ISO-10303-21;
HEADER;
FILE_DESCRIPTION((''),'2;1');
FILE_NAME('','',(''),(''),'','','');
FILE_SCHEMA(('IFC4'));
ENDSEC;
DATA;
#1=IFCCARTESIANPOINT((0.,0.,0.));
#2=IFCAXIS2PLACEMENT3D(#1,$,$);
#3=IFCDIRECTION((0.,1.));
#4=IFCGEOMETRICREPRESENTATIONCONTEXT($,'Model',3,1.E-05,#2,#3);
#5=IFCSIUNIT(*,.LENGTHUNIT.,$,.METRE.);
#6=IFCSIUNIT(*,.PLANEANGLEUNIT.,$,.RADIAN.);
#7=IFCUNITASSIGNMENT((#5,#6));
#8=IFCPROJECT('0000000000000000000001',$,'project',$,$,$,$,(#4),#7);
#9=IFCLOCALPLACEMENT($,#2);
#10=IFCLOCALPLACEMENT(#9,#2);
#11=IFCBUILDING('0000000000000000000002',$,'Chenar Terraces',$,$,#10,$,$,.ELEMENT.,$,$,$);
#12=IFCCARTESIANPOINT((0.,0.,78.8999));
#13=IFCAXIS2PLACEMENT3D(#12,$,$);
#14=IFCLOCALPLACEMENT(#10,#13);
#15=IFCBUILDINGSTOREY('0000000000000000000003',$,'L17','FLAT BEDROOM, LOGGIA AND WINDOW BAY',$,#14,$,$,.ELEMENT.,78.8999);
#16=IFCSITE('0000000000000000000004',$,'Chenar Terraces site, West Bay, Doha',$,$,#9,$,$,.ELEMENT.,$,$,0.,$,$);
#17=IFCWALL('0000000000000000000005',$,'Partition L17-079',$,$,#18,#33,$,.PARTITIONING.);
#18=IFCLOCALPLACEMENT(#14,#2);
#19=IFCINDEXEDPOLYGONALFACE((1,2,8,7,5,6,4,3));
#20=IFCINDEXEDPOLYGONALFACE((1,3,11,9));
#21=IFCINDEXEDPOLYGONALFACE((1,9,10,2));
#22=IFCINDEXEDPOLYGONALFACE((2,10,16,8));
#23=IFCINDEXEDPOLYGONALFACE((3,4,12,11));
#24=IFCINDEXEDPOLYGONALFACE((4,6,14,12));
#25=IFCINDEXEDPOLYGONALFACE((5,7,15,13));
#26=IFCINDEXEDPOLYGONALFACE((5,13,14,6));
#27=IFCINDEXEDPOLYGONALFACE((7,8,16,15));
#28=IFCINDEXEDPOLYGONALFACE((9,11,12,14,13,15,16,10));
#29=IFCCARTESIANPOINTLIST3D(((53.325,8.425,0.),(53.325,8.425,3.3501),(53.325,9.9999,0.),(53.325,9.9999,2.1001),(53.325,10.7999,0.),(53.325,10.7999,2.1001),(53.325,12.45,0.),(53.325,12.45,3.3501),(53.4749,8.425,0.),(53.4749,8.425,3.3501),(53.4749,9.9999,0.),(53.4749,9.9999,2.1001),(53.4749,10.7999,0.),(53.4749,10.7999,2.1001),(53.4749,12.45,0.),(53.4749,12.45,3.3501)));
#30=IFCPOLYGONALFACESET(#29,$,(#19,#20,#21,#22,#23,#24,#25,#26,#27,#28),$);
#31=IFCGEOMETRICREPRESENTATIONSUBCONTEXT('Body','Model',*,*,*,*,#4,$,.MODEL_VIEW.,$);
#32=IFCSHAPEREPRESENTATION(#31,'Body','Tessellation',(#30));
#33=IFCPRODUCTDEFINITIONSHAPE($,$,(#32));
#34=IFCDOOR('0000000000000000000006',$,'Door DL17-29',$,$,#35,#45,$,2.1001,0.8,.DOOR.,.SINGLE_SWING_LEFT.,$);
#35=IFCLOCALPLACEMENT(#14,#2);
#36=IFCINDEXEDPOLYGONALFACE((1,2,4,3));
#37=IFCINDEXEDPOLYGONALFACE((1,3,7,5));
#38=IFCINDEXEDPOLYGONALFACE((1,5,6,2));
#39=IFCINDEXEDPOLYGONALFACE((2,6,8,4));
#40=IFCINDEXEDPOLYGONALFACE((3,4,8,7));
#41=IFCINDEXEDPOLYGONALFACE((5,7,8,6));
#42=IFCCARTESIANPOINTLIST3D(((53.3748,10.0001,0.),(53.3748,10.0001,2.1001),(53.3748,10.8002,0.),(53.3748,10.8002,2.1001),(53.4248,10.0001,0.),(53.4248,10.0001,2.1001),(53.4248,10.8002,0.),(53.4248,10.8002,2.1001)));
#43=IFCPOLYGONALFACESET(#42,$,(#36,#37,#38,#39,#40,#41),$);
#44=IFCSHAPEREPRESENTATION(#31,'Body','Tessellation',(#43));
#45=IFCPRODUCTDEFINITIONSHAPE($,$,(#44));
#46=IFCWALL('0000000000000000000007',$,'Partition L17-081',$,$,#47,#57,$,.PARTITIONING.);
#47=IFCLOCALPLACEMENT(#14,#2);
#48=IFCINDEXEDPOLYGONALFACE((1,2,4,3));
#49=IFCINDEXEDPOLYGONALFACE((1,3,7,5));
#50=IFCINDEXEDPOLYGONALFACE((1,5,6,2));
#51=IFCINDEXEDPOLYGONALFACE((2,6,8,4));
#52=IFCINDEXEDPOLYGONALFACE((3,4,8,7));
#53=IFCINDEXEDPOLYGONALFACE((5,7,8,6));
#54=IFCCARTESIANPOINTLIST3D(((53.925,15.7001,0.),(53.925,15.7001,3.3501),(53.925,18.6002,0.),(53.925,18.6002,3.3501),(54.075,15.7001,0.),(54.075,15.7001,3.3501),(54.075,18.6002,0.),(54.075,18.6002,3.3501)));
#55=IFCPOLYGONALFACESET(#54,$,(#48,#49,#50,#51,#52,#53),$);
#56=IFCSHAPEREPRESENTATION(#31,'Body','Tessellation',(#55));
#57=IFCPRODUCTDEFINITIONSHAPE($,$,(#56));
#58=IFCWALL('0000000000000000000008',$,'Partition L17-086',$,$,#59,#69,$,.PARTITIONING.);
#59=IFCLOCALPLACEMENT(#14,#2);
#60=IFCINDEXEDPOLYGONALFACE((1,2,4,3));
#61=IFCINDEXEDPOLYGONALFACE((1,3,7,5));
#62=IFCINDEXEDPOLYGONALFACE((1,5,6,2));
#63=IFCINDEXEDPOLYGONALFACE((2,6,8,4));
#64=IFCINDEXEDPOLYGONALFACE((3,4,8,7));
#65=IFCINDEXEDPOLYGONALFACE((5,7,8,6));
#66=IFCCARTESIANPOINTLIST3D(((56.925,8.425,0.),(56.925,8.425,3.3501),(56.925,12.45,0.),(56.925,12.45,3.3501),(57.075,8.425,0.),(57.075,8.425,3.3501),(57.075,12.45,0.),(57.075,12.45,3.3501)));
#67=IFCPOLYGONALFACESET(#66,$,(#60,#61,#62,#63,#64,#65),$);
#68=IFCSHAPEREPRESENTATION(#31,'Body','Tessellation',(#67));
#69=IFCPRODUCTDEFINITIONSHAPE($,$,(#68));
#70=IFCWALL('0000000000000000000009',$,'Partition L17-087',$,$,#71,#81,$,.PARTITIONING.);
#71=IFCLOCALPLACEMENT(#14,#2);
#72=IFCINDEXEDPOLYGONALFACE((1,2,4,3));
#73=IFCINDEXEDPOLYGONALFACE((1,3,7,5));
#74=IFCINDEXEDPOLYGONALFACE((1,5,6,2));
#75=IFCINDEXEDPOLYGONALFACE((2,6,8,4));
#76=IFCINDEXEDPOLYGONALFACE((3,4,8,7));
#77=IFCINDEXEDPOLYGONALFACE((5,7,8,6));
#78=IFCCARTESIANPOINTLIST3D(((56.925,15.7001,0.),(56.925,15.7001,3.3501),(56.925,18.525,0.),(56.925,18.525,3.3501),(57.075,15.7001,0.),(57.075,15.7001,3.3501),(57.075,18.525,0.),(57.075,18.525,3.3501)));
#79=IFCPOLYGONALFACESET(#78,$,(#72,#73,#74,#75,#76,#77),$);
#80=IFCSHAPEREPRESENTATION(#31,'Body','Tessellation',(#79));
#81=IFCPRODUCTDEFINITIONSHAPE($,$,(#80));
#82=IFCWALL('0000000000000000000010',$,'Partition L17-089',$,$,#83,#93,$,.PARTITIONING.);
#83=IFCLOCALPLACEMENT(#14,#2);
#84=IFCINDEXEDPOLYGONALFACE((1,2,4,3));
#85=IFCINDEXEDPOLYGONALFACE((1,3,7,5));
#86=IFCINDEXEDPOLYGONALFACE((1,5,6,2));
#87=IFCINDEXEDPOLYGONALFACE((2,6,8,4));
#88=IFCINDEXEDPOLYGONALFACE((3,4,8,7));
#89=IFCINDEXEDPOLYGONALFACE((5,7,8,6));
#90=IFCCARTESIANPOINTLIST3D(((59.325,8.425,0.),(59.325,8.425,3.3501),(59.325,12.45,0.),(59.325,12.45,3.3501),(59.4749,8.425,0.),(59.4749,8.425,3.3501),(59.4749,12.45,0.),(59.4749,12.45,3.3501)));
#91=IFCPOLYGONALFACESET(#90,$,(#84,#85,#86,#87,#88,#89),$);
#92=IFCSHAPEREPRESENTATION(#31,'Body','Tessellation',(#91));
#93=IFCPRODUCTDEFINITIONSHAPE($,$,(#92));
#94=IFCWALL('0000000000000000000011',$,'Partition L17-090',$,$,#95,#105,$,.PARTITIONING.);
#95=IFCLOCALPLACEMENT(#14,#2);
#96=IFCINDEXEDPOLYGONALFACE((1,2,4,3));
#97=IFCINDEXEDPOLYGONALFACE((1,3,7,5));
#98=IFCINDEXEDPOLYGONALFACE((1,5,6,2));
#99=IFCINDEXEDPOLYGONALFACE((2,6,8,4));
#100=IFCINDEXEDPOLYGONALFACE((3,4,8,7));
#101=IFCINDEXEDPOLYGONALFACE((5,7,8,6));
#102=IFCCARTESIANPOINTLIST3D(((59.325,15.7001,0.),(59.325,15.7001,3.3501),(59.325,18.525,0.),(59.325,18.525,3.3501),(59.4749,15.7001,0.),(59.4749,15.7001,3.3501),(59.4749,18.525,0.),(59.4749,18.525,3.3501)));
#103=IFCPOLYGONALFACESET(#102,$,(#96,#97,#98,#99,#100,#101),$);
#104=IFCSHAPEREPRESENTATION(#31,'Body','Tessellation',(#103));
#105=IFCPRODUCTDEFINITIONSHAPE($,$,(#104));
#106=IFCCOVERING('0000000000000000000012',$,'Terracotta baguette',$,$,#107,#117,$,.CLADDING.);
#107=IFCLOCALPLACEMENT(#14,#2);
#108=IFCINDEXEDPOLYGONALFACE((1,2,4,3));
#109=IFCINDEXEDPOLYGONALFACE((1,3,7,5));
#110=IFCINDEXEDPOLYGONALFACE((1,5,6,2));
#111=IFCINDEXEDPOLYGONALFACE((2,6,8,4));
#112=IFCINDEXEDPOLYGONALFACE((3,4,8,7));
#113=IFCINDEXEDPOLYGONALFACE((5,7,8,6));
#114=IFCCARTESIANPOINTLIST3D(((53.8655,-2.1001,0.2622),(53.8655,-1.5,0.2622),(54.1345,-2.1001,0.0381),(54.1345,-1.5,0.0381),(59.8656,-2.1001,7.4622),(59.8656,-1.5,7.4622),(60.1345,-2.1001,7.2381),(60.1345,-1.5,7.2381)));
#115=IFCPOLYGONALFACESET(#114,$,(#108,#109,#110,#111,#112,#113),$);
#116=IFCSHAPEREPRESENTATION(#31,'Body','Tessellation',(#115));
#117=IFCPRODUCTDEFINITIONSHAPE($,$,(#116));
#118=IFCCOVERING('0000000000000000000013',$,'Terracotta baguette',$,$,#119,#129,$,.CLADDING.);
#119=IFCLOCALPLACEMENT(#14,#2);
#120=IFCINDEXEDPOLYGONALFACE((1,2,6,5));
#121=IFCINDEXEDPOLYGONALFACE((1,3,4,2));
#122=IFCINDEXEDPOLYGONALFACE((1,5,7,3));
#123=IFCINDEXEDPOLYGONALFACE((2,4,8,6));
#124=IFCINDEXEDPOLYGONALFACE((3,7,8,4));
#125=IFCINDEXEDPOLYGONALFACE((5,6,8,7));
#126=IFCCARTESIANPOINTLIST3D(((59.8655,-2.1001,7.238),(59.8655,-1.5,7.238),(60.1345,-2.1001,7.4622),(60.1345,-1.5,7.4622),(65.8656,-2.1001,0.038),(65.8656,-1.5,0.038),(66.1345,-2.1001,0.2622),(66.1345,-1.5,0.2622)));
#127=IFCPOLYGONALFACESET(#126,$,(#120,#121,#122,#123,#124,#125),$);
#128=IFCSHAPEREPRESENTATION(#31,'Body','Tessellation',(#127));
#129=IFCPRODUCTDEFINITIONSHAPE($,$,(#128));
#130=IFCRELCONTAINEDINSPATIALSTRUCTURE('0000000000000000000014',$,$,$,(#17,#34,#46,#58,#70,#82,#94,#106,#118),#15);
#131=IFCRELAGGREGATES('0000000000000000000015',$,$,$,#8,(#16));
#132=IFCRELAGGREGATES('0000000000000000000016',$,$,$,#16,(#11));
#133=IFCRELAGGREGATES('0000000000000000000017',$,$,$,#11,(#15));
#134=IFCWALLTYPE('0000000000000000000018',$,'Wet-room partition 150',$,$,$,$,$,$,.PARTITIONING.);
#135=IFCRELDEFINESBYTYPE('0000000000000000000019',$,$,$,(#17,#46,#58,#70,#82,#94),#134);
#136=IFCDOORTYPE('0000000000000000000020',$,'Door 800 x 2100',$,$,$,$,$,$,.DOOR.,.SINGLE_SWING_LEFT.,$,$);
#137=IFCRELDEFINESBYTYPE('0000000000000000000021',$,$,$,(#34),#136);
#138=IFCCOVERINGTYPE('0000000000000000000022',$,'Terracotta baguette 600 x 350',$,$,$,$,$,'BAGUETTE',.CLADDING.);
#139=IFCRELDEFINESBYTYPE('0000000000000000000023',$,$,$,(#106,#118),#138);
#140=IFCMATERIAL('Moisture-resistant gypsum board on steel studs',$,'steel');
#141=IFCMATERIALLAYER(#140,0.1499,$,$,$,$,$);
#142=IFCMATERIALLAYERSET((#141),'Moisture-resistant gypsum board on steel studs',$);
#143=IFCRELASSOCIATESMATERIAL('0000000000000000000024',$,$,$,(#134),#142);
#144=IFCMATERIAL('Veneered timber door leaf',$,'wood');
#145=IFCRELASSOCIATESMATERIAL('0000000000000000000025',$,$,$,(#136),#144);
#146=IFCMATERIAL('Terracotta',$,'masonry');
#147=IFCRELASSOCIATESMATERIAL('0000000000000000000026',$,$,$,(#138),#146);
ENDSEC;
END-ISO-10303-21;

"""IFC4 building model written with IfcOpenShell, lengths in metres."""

from ifc_helpers import new_model, si_unit, direction, frame, frame_2d, origin, origin_2d, place, context, subcontext, project, spatial, rectangle, extrude, material, layer, layer_set, material_profile, profile_set, type_object, element, fill, save


model = new_model("IFC4")

# Units and contexts
model_context = context("Model", 3, precision=1e-05, world=origin(), true_north=direction((0.0, 1.0)))
body_context = subcontext(model_context, "Body", "Model", "MODEL_VIEW")
ifc_project = project(units=[si_unit("LENGTHUNIT", "METRE"), si_unit("PLANEANGLEUNIT", "RADIAN")], contexts=[model_context])

# Site, building, storey
site_placement = place(None, origin())
site = spatial("IfcSite", under=ifc_project, at=site_placement, Name="Chenar Terraces site, West Bay, Doha", CompositionType="ELEMENT", RefElevation=0.0)
building_placement = place(site_placement, origin())
building = spatial("IfcBuilding", under=site, at=building_placement, Name="Chenar Terraces", CompositionType="ELEMENT")
storey_placement = place(building_placement, frame((0.0, 0.0, 78.8999)))
storey = spatial("IfcBuildingStorey", under=building, at=storey_placement, Name="L17", Description="FLAT BEDROOM, LOGGIA AND WINDOW BAY", CompositionType="ELEMENT", Elevation=78.8999)

# Shared definitions
ifc_material_1 = material(Name="Moisture-resistant gypsum board on steel studs", Category="steel")
ifc_layer_1 = layer(ifc_material_1, 0.1499)
ifc_layer_set_1 = layer_set([ifc_layer_1], Name="Moisture-resistant gypsum board on steel studs")
wall_type_1 = type_object("IfcWallType", Name="Wet-room partition 150", PredefinedType="PARTITIONING", material=ifc_layer_set_1)
ifc_material_2 = material(Name="Veneered timber door leaf", Category="wood")
door_type_1 = type_object("IfcDoorType", Name="Door 800 x 2100", OperationType="SINGLE_SWING_LEFT", PredefinedType="DOOR", material=ifc_material_2)

# Wall, opening, door
wall_1_placement = place(storey_placement, frame((53.3999, 8.425, 0.0), z_axis=(0.0, 0.0, 1.0), x_axis=(0.0, 1.0, 0.0)))
wall_1 = element("IfcWall", 1, at=wall_1_placement, inside=storey, type_object=wall_type_1, Name="Partition L17-079", PredefinedType="PARTITIONING", context=body_context, shape_type="SweptSolid", body=[
    extrude(rectangle(XDim=4.0249, YDim=0.1499, at=frame_2d((2.0125, 0.0))), origin(), (0.0, 0.0, 1.0), 3.3501),
])
opening_1_placement = place(wall_1_placement, frame((1.575, 0.0, 0.0)))
opening_1 = element("IfcOpeningElement", 2, at=opening_1_placement, cuts=wall_1, PredefinedType="OPENING", context=body_context, shape_type="SweptSolid", body=[
    extrude(rectangle(XDim=0.8, YDim=2.1001, at=frame_2d((0.3999, 1.05))), frame((0.0, 0.085, 0.0), z_axis=(0.0, -1.0, 0.0), x_axis=(1.0, 0.0, 0.0)), (0.0, 0.0, 1.0), 0.1699),
])
door_1_placement = place(opening_1_placement, frame((0.8, 0.0, 0.0), z_axis=(0.0, 0.0, 1.0), x_axis=(-1.0, 0.0, 0.0)))
door_1 = element("IfcDoor", 3, at=door_1_placement, inside=storey, type_object=door_type_1, Name="Door DL17-29", OperationType="SINGLE_SWING_LEFT", OverallHeight=2.1001, OverallWidth=0.8, PredefinedType="DOOR", context=body_context, shape_type="SweptSolid", body=[
    extrude(rectangle(XDim=0.8, YDim=2.1001, at=frame_2d((0.3999, 1.05))), frame((0.0, 0.0249, 0.0), z_axis=(0.0, -1.0, 0.0), x_axis=(1.0, 0.0, 0.0)), (0.0, 0.0, 1.0), 0.05),
])
fill(opening_1, door_1)

# Walls
wall_2_placement = place(storey_placement, frame((54.0, 15.7, 0.0), z_axis=(0.0, 0.0, 1.0), x_axis=(0.0, 1.0, 0.0)))
element("IfcWall", 4, at=wall_2_placement, inside=storey, type_object=wall_type_1, Name="Partition L17-081", PredefinedType="PARTITIONING", context=body_context, shape_type="SweptSolid", body=[
    extrude(rectangle(XDim=2.9001, YDim=0.1499, at=frame_2d((1.4502, 0.0))), origin(), (0.0, 0.0, 1.0), 3.3501),
])
wall_3_placement = place(storey_placement, frame((57.0, 8.425, 0.0), z_axis=(0.0, 0.0, 1.0), x_axis=(0.0, 1.0, 0.0)))
element("IfcWall", 5, at=wall_3_placement, inside=storey, type_object=wall_type_1, Name="Partition L17-086", PredefinedType="PARTITIONING", context=body_context, shape_type="SweptSolid", body=[
    extrude(rectangle(XDim=4.0249, YDim=0.1499, at=frame_2d((2.0125, 0.0))), origin(), (0.0, 0.0, 1.0), 3.3501),
])
wall_4_placement = place(storey_placement, frame((57.0, 15.7, 0.0), z_axis=(0.0, 0.0, 1.0), x_axis=(0.0, 1.0, 0.0)))
element("IfcWall", 6, at=wall_4_placement, inside=storey, type_object=wall_type_1, Name="Partition L17-087", PredefinedType="PARTITIONING", context=body_context, shape_type="SweptSolid", body=[
    extrude(rectangle(XDim=2.825, YDim=0.1499, at=frame_2d((1.4126, 0.0))), origin(), (0.0, 0.0, 1.0), 3.3501),
])
wall_5_placement = place(storey_placement, frame((59.3999, 8.425, 0.0), z_axis=(0.0, 0.0, 1.0), x_axis=(0.0, 1.0, 0.0)))
element("IfcWall", 7, at=wall_5_placement, inside=storey, type_object=wall_type_1, Name="Partition L17-089", PredefinedType="PARTITIONING", context=body_context, shape_type="SweptSolid", body=[
    extrude(rectangle(XDim=4.0249, YDim=0.1499, at=frame_2d((2.0125, 0.0))), origin(), (0.0, 0.0, 1.0), 3.3501),
])
wall_6_placement = place(storey_placement, frame((59.3999, 15.7, 0.0), z_axis=(0.0, 0.0, 1.0), x_axis=(0.0, 1.0, 0.0)))
element("IfcWall", 8, at=wall_6_placement, inside=storey, type_object=wall_type_1, Name="Partition L17-090", PredefinedType="PARTITIONING", context=body_context, shape_type="SweptSolid", body=[
    extrude(rectangle(XDim=2.825, YDim=0.1499, at=frame_2d((1.4126, 0.0))), origin(), (0.0, 0.0, 1.0), 3.3501),
])

# Coverings
ifc_material_3 = material(Name="Terracotta", Category="masonry")
ifc_material_profile_1 = material_profile(ifc_material_3, rectangle(XDim=0.6001, YDim=0.3501, at=origin_2d()), Name="Terracotta baguette 600 x 350")
ifc_profile_set_1 = profile_set([ifc_material_profile_1], Name="Terracotta")
covering_type = type_object("IfcCoveringType", Name="Terracotta baguette 600 x 350", ElementType="BAGUETTE", PredefinedType="CLADDING", material=ifc_profile_set_1)
for number, where, z_axis, x_axis, name in (
    (9, (54.0, -1.8, 0.1501), (0.640187, 0.0, 0.768219), (0.0, 1.0, 0.0), "Terracotta baguette"),
    (10, (60.0, -1.8, 7.3501), (0.640187, 0.0, -0.768219), (0.0, 1.0, 0.0), "Terracotta baguette"),
):
    element("IfcCovering", number, at=place(storey_placement, frame(where, z_axis=z_axis, x_axis=x_axis)), inside=storey, type_object=covering_type, Name=name, PredefinedType="CLADDING", context=body_context, shape_type="SweptSolid", body=[
        extrude(rectangle(XDim=0.6001, YDim=0.3501, at=origin_2d()), origin(), (0.0, 0.0, 1.0), 9.3723),
    ])

save(model, "model.ifc")
